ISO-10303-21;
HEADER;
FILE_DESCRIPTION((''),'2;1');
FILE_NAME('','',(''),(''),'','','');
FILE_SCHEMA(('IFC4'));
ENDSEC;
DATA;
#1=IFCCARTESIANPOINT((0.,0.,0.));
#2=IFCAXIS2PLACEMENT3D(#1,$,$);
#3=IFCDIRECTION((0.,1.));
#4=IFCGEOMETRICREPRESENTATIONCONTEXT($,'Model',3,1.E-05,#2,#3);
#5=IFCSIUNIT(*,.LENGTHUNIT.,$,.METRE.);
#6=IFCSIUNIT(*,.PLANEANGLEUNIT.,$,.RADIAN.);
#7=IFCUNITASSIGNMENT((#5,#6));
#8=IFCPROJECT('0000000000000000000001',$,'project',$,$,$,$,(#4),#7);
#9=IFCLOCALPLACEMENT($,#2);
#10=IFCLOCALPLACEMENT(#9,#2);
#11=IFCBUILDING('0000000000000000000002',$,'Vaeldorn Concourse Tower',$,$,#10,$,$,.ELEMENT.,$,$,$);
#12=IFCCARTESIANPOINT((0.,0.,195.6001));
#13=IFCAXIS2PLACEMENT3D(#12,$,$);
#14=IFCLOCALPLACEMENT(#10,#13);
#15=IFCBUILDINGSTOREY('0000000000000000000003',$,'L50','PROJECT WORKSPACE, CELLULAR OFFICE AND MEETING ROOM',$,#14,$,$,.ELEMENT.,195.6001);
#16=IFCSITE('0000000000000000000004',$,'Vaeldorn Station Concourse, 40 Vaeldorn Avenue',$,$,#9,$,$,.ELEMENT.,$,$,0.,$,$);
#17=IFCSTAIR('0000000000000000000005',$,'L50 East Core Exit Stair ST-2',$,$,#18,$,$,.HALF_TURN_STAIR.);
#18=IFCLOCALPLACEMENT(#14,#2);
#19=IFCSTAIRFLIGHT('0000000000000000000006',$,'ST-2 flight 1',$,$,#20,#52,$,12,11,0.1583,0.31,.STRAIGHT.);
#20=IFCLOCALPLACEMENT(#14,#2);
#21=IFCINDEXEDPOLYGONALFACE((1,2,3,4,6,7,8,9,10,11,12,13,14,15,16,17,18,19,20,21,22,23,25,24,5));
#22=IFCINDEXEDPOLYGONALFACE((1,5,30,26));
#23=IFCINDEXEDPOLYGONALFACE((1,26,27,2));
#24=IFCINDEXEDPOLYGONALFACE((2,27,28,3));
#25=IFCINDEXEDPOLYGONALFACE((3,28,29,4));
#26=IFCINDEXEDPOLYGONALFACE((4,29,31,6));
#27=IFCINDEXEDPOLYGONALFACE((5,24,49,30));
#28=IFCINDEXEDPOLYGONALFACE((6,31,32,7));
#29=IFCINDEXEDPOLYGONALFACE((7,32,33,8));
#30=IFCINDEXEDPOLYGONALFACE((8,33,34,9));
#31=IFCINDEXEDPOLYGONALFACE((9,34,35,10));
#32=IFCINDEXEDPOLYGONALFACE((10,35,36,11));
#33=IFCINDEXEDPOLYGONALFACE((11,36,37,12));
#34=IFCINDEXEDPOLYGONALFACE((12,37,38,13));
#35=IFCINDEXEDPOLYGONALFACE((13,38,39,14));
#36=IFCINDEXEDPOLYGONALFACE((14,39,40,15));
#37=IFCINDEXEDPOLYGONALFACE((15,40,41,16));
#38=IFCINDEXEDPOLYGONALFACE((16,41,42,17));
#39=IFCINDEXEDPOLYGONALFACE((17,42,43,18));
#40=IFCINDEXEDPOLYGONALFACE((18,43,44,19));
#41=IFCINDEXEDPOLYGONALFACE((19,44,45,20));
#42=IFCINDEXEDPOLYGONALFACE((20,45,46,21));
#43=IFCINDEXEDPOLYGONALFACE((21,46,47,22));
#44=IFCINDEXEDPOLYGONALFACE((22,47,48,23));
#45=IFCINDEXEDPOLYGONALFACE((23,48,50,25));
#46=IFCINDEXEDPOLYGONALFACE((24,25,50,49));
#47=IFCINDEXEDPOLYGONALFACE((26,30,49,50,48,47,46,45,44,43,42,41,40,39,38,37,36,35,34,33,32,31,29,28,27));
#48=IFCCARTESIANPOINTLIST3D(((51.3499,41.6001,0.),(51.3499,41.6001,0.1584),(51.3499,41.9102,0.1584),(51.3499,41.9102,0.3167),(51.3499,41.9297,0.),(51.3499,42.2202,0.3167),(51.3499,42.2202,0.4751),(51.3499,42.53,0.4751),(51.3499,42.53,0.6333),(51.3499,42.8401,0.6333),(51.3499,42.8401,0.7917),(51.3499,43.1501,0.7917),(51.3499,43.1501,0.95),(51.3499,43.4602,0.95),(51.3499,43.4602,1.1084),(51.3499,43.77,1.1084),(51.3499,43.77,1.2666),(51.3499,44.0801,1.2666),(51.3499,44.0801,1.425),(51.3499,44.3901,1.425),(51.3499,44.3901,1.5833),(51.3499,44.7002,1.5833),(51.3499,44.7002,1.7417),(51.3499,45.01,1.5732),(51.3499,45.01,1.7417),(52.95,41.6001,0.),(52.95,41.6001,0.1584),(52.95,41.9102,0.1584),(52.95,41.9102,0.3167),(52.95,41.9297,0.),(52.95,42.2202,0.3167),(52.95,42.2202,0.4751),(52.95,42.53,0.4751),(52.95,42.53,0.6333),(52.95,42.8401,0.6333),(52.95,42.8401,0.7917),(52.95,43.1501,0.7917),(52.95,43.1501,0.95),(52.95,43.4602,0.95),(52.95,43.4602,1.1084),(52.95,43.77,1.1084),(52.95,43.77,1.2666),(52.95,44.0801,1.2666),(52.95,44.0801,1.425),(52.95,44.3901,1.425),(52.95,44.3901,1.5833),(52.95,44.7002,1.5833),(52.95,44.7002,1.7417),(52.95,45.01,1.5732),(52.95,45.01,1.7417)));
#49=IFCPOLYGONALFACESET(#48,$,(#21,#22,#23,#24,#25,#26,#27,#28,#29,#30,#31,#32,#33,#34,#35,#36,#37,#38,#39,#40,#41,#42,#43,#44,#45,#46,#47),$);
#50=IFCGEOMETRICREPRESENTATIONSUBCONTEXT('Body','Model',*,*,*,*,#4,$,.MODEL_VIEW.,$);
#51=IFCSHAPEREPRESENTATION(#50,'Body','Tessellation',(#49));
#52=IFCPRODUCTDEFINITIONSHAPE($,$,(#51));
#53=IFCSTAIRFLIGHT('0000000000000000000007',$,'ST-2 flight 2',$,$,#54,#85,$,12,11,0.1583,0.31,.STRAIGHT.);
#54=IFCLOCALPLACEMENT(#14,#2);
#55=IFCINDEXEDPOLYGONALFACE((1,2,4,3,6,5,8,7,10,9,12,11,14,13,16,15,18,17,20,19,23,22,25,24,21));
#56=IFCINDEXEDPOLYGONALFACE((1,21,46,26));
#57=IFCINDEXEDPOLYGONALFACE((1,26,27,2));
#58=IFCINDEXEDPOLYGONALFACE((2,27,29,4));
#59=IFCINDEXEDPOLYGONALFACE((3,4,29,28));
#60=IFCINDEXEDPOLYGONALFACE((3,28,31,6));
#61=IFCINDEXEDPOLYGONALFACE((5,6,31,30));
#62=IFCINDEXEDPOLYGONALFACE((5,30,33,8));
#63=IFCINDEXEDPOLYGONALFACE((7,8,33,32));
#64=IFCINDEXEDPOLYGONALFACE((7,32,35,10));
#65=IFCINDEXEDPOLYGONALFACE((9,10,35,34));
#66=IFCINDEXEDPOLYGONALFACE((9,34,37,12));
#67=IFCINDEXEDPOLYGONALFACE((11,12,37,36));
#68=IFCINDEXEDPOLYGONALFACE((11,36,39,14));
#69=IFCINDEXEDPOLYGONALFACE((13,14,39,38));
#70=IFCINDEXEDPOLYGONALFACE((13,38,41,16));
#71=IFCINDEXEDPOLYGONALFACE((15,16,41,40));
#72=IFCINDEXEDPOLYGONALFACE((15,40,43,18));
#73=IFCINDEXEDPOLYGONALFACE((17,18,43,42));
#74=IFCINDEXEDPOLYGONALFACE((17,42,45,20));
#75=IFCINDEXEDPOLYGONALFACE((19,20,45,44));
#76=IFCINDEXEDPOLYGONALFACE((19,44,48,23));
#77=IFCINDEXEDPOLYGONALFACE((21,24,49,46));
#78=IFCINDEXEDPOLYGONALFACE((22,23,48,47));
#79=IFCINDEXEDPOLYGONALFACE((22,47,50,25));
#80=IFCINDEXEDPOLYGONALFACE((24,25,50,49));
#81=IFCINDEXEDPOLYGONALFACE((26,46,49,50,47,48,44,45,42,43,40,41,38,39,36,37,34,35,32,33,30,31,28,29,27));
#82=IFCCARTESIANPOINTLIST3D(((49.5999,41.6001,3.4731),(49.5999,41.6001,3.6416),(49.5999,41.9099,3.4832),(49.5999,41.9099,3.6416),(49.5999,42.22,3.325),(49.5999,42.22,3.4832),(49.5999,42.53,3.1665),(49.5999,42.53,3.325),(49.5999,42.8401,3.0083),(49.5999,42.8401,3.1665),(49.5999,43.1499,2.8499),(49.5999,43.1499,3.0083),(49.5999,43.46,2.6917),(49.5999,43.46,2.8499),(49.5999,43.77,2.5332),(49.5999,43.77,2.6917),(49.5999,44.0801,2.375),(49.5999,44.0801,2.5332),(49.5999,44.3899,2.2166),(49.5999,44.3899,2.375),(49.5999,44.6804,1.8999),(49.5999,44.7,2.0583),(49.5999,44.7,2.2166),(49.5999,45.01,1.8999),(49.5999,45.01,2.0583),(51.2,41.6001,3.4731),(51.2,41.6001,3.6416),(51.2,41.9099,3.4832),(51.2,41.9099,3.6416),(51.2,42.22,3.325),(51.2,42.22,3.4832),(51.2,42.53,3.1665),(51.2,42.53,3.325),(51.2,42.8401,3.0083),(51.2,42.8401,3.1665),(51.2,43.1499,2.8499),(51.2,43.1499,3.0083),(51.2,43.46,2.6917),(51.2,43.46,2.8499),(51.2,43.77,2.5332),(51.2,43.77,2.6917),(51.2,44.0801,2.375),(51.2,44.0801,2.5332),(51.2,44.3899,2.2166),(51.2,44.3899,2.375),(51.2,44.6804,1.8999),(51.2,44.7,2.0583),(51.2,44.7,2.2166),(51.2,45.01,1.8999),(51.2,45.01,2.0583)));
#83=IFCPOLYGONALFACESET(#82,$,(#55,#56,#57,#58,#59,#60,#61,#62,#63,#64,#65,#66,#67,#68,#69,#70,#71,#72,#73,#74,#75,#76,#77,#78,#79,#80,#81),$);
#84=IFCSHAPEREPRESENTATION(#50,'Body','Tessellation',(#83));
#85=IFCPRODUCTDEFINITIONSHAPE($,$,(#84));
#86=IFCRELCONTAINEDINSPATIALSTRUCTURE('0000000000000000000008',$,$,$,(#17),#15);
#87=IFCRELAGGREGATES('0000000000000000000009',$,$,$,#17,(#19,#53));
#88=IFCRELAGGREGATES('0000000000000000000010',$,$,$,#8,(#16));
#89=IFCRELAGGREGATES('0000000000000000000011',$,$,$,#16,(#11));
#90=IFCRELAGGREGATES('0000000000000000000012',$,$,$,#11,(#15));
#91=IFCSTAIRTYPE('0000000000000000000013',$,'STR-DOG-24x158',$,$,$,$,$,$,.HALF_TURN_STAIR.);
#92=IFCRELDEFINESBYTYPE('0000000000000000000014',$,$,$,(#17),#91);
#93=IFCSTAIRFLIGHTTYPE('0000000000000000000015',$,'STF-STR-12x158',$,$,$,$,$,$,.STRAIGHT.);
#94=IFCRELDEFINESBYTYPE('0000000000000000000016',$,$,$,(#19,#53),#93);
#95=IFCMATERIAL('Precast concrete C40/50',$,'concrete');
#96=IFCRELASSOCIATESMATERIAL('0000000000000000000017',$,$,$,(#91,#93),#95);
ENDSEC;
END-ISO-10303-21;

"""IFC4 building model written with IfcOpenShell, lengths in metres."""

from ifc_helpers import new_model, si_unit, direction, frame, origin, place, context, subcontext, project, spatial, polyline, outline, extrude, material, type_object, element, aggregate, save


model = new_model("IFC4")

# Units and contexts
model_context = context("Model", 3, precision=1e-05, world=origin(), true_north=direction((0.0, 1.0)))
body_context = subcontext(model_context, "Body", "Model", "MODEL_VIEW")
ifc_project = project(units=[si_unit("LENGTHUNIT", "METRE"), si_unit("PLANEANGLEUNIT", "RADIAN")], contexts=[model_context])

# Site, building, storey
site_placement = place(None, origin())
site = spatial("IfcSite", under=ifc_project, at=site_placement, Name="Vaeldorn Station Concourse, 40 Vaeldorn Avenue", CompositionType="ELEMENT", RefElevation=0.0)
building_placement = place(site_placement, origin())
building = spatial("IfcBuilding", under=site, at=building_placement, Name="Vaeldorn Concourse Tower", CompositionType="ELEMENT")
storey_placement = place(building_placement, frame((0.0, 0.0, 195.6001)))
storey = spatial("IfcBuildingStorey", under=building, at=storey_placement, Name="L50", Description="PROJECT WORKSPACE, CELLULAR OFFICE AND MEETING ROOM", CompositionType="ELEMENT", Elevation=195.6001)

# Stair, stair flights
ifc_material_1 = material(Name="Precast concrete C40/50", Category="concrete")
stair_type = type_object("IfcStairType", Name="STR-DOG-24x158", PredefinedType="HALF_TURN_STAIR", material=ifc_material_1)
stair_placement = place(storey_placement, origin())
stair = element("IfcStair", 1, at=stair_placement, inside=storey, type_object=stair_type, Name="L50 East Core Exit Stair ST-2", PredefinedType="HALF_TURN_STAIR")
stair_flight_type = type_object("IfcStairFlightType", Name="STF-STR-12x158", PredefinedType="STRAIGHT", material=ifc_material_1)
stair_flight_1_placement = place(storey_placement, frame((52.1499, 41.6001, 0.0), z_axis=(0.0, 0.0, 1.0), x_axis=(0.0, 1.0, 0.0)))
stair_flight_1 = element("IfcStairFlight", 2, at=stair_flight_1_placement, type_object=stair_flight_type, Name="ST-2 flight 1", NumberOfRisers=12, NumberOfTreads=11, PredefinedType="STRAIGHT", RiserHeight=0.1583, TreadLength=0.31, context=body_context, shape_type="SweptSolid", body=[
    extrude(outline(polyline([(0.0, 0.0), (0.0, 0.1584), (0.3101, 0.1584), (0.3101, 0.3167), (0.6201, 0.3167), (0.6201, 0.4751), (0.9299, 0.4751), (0.9299, 0.6333), (1.24, 0.6333), (1.24, 0.7917), (1.55, 0.7917), (1.55, 0.95), (1.8601, 0.95), (1.8601, 1.1084), (2.1699, 1.1084), (2.1699, 1.2666), (2.48, 1.2666), (2.48, 1.425), (2.79, 1.425), (2.79, 1.5833), (3.1001, 1.5833), (3.1001, 1.7417), (3.4099, 1.7417), (3.4099, 1.8999), (3.4099, 1.5732), (0.3296, 0.0), (0.0, 0.0)])), frame((0.0, 0.8, 0.0), z_axis=(0.0, -1.0, 0.0), x_axis=(1.0, 0.0, 0.0)), (0.0, 0.0, 1.0), 1.6001),
])
stair_flight_2_placement = place(storey_placement, frame((50.3999, 45.01, 1.8999), z_axis=(0.0, 0.0, 1.0), x_axis=(0.0, -1.0, 0.0)))
stair_flight_2 = element("IfcStairFlight", 3, at=stair_flight_2_placement, type_object=stair_flight_type, Name="ST-2 flight 2", NumberOfRisers=12, NumberOfTreads=11, PredefinedType="STRAIGHT", RiserHeight=0.1583, TreadLength=0.31, context=body_context, shape_type="SweptSolid", body=[
    extrude(outline(polyline([(0.0, 0.0), (0.0, 0.1584), (0.3101, 0.1584), (0.3101, 0.3167), (0.6201, 0.3167), (0.6201, 0.4751), (0.9299, 0.4751), (0.9299, 0.6333), (1.24, 0.6333), (1.24, 0.7917), (1.55, 0.7917), (1.55, 0.95), (1.8601, 0.95), (1.8601, 1.1084), (2.1699, 1.1084), (2.1699, 1.2666), (2.48, 1.2666), (2.48, 1.425), (2.79, 1.425), (2.79, 1.5833), (3.1001, 1.5833), (3.1001, 1.7417), (3.4099, 1.7417), (3.4099, 1.8999), (3.4099, 1.5732), (0.3296, 0.0), (0.0, 0.0)])), frame((0.0, 0.8, 0.0), z_axis=(0.0, -1.0, 0.0), x_axis=(1.0, 0.0, 0.0)), (0.0, 0.0, 1.0), 1.6001),
])
aggregate(stair, [stair_flight_1, stair_flight_2])

save(model, "model.ifc")
